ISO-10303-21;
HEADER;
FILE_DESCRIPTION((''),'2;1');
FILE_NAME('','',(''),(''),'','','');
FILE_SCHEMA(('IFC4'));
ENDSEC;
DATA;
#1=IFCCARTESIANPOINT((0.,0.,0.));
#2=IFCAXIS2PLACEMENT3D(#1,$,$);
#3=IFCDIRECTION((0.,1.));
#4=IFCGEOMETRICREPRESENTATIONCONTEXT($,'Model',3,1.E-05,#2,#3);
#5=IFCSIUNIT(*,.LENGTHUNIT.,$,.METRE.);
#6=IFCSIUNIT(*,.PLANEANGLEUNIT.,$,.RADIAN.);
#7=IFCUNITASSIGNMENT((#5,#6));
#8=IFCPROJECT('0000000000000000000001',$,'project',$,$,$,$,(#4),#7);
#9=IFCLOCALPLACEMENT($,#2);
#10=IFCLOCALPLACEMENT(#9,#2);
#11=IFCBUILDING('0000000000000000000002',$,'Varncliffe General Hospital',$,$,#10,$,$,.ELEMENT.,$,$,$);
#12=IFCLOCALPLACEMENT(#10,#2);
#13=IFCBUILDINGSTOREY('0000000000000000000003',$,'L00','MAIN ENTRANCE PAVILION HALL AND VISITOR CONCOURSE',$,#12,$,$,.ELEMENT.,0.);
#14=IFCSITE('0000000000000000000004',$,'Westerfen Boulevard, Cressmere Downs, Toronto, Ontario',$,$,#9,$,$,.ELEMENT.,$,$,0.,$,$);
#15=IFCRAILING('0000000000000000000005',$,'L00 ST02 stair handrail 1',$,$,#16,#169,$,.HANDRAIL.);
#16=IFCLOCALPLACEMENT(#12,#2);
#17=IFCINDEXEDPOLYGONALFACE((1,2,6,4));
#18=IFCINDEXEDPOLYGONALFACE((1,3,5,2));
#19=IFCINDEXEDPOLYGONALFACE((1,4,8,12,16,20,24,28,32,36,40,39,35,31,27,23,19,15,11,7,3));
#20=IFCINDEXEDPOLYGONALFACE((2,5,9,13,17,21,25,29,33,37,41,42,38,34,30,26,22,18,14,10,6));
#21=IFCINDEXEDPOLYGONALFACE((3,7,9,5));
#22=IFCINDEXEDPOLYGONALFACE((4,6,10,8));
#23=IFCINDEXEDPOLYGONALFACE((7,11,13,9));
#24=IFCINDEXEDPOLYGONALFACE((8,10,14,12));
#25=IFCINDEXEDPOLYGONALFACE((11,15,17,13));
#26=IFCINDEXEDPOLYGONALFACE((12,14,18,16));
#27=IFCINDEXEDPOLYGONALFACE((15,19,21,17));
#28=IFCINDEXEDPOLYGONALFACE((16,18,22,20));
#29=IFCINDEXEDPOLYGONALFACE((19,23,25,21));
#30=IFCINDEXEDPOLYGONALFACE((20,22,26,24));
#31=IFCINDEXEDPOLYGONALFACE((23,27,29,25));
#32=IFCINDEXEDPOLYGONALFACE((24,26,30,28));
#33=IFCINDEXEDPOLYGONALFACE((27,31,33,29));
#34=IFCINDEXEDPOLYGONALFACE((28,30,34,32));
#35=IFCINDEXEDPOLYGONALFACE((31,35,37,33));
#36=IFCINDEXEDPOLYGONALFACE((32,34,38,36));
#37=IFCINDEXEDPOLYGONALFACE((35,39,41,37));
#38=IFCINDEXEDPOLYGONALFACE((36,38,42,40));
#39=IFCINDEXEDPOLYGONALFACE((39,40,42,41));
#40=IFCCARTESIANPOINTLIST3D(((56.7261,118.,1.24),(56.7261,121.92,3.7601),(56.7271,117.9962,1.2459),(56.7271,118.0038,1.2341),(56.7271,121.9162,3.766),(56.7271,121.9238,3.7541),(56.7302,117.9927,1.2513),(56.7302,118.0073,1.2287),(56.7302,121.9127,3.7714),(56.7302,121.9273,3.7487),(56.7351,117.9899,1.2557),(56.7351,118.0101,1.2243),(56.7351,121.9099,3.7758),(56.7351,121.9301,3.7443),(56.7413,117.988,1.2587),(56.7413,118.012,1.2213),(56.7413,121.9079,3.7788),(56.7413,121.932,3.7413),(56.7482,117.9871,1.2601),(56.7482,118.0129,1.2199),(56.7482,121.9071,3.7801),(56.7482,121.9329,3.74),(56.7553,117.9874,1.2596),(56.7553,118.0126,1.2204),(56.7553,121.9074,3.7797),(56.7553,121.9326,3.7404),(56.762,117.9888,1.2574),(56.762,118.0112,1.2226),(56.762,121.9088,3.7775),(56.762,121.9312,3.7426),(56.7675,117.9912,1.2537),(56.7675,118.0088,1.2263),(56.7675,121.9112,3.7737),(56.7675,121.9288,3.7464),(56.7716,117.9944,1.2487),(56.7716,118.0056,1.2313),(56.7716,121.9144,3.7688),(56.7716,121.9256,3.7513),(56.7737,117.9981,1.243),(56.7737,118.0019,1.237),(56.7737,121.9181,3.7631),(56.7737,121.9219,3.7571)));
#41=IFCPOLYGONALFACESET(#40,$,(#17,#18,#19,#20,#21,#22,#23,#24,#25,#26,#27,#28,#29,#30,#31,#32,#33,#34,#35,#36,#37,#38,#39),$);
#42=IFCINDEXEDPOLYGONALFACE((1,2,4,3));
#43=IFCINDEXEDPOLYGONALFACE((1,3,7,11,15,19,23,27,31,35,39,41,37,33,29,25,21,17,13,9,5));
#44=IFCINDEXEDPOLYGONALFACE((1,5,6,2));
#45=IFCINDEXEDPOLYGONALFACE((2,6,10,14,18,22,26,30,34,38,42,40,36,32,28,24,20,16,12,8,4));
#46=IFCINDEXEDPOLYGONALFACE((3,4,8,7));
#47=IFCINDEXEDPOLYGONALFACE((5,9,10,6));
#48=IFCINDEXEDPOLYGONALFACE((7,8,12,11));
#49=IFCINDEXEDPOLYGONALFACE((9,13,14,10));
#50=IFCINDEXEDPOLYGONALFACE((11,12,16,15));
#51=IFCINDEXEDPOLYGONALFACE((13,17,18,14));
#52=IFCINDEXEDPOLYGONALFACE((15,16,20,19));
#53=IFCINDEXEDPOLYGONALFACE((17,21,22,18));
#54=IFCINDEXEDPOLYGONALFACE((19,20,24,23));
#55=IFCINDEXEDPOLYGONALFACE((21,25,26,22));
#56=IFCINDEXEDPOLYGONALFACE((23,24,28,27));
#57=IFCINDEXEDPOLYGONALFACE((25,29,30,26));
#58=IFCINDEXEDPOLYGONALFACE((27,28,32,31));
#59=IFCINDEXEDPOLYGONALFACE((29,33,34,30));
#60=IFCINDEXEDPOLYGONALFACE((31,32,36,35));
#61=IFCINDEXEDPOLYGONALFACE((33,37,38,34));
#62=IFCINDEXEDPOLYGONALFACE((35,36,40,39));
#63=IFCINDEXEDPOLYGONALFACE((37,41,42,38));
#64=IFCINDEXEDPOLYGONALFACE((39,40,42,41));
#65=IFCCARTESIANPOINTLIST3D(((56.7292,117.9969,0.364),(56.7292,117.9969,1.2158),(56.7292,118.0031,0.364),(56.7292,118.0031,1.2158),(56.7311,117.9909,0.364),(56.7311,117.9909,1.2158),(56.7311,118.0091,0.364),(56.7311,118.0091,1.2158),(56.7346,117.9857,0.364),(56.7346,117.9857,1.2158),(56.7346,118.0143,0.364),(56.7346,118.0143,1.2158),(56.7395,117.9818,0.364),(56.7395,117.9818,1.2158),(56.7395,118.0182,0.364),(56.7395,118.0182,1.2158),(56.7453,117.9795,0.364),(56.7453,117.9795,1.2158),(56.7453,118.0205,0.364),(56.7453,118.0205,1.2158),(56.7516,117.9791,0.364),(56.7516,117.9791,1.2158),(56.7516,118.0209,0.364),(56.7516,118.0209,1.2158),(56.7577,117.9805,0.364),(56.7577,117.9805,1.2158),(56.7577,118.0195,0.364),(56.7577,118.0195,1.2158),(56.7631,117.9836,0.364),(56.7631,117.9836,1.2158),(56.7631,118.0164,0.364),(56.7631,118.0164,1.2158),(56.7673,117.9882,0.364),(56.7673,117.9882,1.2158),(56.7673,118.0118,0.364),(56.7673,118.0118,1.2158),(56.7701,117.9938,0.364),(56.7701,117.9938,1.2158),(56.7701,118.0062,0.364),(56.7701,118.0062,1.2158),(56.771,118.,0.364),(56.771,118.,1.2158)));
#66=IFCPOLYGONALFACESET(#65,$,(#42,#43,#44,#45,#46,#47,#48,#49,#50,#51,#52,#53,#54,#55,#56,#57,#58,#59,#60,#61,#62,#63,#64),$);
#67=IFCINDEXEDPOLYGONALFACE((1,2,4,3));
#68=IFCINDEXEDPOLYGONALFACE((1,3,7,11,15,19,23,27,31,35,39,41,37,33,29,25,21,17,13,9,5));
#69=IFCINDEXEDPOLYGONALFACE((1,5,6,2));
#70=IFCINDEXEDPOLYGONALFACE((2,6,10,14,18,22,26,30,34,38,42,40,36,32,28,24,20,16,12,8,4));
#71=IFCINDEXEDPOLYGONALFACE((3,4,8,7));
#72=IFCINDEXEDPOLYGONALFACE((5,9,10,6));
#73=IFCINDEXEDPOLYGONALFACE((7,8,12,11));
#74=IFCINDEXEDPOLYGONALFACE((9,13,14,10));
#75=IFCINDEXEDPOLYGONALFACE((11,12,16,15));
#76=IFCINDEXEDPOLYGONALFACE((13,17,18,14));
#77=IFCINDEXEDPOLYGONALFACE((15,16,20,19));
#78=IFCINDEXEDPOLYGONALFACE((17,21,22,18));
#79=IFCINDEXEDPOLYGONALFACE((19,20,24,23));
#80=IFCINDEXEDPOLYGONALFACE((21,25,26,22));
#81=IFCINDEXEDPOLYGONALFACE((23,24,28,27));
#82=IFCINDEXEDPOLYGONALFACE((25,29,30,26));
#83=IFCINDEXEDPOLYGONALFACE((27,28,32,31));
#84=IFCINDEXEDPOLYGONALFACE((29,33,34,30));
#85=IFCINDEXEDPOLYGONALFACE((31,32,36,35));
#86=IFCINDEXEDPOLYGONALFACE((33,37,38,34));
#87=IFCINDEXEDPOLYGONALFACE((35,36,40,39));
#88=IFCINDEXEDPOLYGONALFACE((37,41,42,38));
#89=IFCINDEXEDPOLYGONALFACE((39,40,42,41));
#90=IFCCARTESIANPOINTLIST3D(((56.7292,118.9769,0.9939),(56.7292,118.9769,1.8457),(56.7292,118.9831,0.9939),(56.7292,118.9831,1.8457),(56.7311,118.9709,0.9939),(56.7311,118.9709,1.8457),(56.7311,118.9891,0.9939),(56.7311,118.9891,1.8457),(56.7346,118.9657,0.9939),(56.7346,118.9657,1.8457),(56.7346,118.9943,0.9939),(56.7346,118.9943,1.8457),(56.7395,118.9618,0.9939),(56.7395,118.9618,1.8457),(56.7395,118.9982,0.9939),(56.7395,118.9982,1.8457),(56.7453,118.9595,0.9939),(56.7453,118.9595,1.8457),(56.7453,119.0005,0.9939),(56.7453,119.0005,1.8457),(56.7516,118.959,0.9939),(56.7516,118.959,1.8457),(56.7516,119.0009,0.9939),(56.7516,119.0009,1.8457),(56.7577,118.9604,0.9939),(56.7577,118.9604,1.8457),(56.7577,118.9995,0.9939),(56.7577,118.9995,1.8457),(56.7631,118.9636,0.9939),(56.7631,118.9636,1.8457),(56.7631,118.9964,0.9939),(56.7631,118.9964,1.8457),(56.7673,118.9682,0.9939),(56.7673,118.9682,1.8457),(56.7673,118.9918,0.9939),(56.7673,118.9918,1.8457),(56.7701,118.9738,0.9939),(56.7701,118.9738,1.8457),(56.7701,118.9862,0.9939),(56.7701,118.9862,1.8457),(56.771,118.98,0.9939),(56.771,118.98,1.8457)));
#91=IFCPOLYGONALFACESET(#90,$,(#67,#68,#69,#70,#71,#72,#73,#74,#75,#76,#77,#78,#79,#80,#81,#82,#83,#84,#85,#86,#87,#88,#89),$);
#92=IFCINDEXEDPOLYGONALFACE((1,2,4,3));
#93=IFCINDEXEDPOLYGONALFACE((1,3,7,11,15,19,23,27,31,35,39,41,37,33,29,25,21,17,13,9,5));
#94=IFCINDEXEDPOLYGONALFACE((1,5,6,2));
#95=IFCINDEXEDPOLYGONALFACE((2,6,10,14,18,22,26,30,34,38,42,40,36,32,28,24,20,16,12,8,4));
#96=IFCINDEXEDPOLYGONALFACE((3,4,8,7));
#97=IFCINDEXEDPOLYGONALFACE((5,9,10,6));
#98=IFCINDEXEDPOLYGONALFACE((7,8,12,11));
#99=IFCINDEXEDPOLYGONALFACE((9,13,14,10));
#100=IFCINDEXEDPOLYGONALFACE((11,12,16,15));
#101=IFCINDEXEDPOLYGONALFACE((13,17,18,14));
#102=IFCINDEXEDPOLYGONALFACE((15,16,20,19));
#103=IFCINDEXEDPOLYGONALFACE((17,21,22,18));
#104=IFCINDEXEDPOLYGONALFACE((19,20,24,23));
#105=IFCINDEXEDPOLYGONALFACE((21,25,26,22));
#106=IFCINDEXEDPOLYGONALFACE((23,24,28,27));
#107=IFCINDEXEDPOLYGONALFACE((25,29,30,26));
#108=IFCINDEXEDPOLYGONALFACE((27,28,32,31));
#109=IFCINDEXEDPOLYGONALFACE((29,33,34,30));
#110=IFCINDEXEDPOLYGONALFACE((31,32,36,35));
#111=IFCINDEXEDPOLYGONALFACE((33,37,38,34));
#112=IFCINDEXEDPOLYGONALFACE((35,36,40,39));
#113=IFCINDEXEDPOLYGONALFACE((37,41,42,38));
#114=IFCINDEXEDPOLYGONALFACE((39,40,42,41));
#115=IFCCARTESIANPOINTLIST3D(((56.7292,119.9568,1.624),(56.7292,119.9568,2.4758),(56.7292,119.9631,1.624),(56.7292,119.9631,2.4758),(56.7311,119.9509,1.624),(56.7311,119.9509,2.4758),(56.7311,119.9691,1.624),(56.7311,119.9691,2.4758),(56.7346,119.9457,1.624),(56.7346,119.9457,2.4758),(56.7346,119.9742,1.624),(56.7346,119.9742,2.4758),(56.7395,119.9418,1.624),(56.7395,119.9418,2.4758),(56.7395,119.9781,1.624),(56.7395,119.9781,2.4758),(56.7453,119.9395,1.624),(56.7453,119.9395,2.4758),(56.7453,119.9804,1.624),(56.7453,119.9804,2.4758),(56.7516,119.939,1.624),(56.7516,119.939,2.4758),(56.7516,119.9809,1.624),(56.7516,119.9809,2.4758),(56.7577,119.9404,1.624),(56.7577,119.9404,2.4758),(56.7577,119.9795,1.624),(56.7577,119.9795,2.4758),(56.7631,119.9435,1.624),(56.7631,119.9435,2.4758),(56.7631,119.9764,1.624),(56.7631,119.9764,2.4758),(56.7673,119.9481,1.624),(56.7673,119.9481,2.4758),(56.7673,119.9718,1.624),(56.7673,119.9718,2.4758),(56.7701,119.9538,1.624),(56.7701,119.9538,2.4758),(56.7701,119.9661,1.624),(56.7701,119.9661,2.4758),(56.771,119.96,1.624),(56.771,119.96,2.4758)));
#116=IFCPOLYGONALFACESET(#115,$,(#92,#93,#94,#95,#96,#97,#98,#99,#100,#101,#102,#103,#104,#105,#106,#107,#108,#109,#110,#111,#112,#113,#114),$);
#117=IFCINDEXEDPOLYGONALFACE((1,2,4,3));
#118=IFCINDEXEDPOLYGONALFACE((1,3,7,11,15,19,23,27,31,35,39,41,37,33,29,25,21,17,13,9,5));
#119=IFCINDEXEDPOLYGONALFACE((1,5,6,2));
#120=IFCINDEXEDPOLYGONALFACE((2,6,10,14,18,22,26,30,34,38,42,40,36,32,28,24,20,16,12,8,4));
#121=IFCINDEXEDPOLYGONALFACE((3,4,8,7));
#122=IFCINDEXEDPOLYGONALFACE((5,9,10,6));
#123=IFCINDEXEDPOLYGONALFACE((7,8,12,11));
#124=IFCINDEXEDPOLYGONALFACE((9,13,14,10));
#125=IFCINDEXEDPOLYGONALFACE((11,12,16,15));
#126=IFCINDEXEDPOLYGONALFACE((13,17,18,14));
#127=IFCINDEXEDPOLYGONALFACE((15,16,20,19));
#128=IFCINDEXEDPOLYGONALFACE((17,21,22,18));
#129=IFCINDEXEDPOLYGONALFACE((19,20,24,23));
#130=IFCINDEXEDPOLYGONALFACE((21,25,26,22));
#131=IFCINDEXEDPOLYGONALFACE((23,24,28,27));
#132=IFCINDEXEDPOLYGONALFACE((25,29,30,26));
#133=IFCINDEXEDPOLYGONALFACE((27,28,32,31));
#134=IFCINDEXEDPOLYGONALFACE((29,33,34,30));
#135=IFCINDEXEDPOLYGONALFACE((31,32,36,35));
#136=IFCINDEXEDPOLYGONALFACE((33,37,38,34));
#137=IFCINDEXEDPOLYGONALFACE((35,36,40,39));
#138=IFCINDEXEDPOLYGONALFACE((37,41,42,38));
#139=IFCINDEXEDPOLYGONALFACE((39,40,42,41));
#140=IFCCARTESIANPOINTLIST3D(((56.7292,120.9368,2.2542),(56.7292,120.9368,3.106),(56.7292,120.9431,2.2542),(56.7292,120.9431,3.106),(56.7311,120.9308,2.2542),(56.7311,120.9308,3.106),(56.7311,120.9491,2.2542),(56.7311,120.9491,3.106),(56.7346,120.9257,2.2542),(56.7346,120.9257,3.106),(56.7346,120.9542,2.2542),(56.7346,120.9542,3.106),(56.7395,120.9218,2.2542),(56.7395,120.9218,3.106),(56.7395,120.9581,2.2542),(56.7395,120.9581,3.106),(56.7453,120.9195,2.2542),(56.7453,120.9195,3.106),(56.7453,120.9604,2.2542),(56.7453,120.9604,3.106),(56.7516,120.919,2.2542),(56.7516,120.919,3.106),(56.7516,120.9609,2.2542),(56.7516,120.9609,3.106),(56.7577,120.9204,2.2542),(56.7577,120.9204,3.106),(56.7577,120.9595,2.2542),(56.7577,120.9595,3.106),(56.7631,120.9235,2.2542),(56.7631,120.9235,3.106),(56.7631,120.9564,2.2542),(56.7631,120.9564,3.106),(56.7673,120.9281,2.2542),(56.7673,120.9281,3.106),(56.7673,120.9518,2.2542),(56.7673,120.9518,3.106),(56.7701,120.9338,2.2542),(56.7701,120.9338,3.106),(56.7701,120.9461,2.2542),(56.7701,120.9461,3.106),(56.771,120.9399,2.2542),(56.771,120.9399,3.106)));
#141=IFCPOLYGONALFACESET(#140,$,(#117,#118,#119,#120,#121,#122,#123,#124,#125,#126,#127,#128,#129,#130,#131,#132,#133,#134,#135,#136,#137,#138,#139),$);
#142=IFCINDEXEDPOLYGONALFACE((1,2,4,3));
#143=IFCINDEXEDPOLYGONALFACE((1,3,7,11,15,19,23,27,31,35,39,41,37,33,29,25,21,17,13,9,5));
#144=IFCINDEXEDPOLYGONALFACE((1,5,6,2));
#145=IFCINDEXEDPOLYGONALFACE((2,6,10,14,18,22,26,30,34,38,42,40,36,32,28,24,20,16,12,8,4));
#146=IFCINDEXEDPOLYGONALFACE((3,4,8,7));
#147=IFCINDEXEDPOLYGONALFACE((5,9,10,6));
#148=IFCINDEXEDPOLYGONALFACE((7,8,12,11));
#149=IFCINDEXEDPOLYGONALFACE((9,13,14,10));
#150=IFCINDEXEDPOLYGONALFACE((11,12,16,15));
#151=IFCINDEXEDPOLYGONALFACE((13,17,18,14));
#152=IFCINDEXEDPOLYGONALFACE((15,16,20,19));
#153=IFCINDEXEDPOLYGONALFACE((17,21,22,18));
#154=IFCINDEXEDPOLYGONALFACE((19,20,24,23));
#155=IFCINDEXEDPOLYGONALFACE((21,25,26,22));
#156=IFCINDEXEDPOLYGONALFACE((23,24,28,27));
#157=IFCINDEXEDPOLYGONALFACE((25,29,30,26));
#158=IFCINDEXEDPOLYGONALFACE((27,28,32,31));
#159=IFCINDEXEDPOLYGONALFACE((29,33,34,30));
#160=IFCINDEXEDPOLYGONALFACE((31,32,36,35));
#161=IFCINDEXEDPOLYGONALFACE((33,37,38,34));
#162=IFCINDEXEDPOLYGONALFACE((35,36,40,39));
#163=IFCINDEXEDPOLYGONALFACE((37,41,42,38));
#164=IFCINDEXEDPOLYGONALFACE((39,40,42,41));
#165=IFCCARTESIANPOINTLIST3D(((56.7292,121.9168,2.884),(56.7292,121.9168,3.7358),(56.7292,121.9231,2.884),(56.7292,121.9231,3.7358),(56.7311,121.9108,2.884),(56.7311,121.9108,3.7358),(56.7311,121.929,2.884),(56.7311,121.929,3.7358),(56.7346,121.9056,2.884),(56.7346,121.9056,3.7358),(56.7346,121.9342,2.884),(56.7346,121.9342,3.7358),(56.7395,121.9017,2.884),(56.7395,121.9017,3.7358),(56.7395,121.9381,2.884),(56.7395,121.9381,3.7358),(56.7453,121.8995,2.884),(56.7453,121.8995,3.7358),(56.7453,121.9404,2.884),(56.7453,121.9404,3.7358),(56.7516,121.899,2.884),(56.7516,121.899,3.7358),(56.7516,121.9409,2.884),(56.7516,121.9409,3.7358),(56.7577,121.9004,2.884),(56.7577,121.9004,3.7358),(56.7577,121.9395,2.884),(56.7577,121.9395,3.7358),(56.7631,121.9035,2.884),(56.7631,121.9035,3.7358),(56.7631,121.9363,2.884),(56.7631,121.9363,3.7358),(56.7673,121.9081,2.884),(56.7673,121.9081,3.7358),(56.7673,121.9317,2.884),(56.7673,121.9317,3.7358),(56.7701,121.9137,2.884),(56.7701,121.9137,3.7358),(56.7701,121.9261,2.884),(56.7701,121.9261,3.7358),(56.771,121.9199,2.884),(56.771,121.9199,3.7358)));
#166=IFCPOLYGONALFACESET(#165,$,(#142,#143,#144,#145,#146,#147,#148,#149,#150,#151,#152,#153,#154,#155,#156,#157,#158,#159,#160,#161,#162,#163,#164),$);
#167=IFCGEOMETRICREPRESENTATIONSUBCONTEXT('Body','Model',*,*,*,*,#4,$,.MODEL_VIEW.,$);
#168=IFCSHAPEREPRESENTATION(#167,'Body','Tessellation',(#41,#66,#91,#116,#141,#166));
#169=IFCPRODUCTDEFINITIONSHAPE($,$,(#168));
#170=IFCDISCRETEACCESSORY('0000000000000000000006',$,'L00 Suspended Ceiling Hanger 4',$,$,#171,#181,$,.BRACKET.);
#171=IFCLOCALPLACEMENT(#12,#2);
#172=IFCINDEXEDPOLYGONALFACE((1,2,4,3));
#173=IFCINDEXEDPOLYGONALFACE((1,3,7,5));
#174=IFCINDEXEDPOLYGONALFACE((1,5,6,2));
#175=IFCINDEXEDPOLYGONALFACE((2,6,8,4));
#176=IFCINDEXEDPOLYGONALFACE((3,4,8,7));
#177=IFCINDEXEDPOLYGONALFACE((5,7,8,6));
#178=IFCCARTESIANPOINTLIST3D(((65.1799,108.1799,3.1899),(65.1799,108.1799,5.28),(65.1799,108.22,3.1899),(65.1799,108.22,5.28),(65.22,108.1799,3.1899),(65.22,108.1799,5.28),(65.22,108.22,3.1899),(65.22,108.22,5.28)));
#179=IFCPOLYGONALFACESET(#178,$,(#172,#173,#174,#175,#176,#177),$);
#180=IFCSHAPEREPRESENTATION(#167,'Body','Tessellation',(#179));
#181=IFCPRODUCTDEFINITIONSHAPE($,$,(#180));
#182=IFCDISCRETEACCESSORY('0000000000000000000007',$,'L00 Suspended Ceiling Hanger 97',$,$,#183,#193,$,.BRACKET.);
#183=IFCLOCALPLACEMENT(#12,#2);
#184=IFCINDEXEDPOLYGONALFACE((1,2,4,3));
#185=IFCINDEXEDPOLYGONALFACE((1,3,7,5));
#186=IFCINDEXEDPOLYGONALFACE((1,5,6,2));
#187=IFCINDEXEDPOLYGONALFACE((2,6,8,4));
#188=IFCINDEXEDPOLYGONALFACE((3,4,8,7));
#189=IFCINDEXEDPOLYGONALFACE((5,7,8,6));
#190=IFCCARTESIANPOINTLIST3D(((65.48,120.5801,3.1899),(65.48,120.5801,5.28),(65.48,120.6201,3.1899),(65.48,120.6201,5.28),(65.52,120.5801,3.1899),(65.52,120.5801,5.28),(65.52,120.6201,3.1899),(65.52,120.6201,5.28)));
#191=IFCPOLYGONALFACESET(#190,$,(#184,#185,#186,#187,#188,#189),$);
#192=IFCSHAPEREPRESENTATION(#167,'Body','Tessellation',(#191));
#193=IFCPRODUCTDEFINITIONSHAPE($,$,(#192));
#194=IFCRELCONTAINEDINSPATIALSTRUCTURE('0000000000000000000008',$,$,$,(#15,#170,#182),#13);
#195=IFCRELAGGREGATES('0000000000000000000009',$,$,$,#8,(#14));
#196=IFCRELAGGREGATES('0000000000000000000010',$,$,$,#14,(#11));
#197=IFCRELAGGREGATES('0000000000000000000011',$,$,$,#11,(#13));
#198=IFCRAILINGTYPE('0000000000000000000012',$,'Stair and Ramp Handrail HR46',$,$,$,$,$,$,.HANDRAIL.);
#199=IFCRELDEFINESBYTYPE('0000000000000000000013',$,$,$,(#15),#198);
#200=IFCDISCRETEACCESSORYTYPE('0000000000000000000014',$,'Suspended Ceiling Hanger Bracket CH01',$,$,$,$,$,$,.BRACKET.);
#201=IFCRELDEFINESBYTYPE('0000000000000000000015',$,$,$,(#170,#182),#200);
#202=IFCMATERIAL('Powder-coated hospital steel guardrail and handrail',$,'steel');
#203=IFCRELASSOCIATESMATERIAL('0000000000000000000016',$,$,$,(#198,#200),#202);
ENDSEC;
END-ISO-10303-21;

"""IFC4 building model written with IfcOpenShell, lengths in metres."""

from ifc_helpers import new_model, si_unit, direction, frame, origin, origin_2d, place, context, subcontext, project, spatial, rectangle, circle, extrude, material, type_object, element, save


model = new_model("IFC4")

# Units and contexts
model_context = context("Model", 3, precision=1e-05, world=origin(), true_north=direction((0.0, 1.0)))
body_context = subcontext(model_context, "Body", "Model", "MODEL_VIEW")
ifc_project = project(units=[si_unit("LENGTHUNIT", "METRE"), si_unit("PLANEANGLEUNIT", "RADIAN")], contexts=[model_context])

# Site, building, storey
site_placement = place(None, origin())
site = spatial("IfcSite", under=ifc_project, at=site_placement, Name="Westerfen Boulevard, Cressmere Downs, Toronto, Ontario", CompositionType="ELEMENT", RefElevation=0.0)
building_placement = place(site_placement, origin())
building = spatial("IfcBuilding", under=site, at=building_placement, Name="Varncliffe General Hospital", CompositionType="ELEMENT")
storey_placement = place(building_placement, origin())
storey = spatial("IfcBuildingStorey", under=building, at=storey_placement, Name="L00", Description="MAIN ENTRANCE PAVILION HALL AND VISITOR CONCOURSE", CompositionType="ELEMENT", Elevation=0.0)

# Railing
ifc_material_1 = material(Name="Powder-coated hospital steel guardrail and handrail", Category="steel")
railing_type = type_object("IfcRailingType", Name="Stair and Ramp Handrail HR46", PredefinedType="HANDRAIL", material=ifc_material_1)
railing_placement = place(storey_placement, frame((56.75, 118.0, 0.364)))
element("IfcRailing", 1, at=railing_placement, inside=storey, type_object=railing_type, Name="L00 ST02 stair handrail 1", PredefinedType="HANDRAIL", context=body_context, shape_type="SweptSolid", body=[
    extrude(circle(Radius=0.0239, at=origin_2d()), frame((0.0, 0.0, 0.876), z_axis=(0.0, 0.841172, 0.540768), x_axis=(-1.0, 0.0, 0.0)), (0.0, 0.0, 1.0), 4.6602),
    extrude(circle(Radius=0.021, at=origin_2d()), origin(), (0.0, 0.0, 1.0), 0.8518),
    extrude(circle(Radius=0.021, at=origin_2d()), frame((0.0, 0.98, 0.6299)), (0.0, 0.0, 1.0), 0.8518),
    extrude(circle(Radius=0.021, at=origin_2d()), frame((0.0, 1.96, 1.26)), (0.0, 0.0, 1.0), 0.8518),
    extrude(circle(Radius=0.021, at=origin_2d()), frame((0.0, 2.9399, 1.8901)), (0.0, 0.0, 1.0), 0.8518),
    extrude(circle(Radius=0.021, at=origin_2d()), frame((0.0, 3.9199, 2.52)), (0.0, 0.0, 1.0), 0.8518),
])

# Discrete accessories
discrete_accessory_type = type_object("IfcDiscreteAccessoryType", Name="Suspended Ceiling Hanger Bracket CH01", PredefinedType="BRACKET", material=ifc_material_1)
for number, where, z_axis, x_axis, name in (
    (2, (65.2, 108.2, 3.1899), (0.0, 0.0, 1.0), (1.0, 0.0, 0.0), "L00 Suspended Ceiling Hanger 4"),
    (3, (65.5, 120.6001, 3.1899), (0.0, 0.0, 1.0), (1.0, 0.0, 0.0), "L00 Suspended Ceiling Hanger 97"),
):
    element("IfcDiscreteAccessory", number, at=place(storey_placement, frame(where, z_axis=z_axis, x_axis=x_axis)), inside=storey, type_object=discrete_accessory_type, Name=name, PredefinedType="BRACKET", context=body_context, shape_type="SweptSolid", body=[
        extrude(rectangle(XDim=0.04, YDim=0.04, at=origin_2d()), origin(), (0.0, 0.0, 1.0), 2.0901),
    ])

save(model, "model.ifc")
